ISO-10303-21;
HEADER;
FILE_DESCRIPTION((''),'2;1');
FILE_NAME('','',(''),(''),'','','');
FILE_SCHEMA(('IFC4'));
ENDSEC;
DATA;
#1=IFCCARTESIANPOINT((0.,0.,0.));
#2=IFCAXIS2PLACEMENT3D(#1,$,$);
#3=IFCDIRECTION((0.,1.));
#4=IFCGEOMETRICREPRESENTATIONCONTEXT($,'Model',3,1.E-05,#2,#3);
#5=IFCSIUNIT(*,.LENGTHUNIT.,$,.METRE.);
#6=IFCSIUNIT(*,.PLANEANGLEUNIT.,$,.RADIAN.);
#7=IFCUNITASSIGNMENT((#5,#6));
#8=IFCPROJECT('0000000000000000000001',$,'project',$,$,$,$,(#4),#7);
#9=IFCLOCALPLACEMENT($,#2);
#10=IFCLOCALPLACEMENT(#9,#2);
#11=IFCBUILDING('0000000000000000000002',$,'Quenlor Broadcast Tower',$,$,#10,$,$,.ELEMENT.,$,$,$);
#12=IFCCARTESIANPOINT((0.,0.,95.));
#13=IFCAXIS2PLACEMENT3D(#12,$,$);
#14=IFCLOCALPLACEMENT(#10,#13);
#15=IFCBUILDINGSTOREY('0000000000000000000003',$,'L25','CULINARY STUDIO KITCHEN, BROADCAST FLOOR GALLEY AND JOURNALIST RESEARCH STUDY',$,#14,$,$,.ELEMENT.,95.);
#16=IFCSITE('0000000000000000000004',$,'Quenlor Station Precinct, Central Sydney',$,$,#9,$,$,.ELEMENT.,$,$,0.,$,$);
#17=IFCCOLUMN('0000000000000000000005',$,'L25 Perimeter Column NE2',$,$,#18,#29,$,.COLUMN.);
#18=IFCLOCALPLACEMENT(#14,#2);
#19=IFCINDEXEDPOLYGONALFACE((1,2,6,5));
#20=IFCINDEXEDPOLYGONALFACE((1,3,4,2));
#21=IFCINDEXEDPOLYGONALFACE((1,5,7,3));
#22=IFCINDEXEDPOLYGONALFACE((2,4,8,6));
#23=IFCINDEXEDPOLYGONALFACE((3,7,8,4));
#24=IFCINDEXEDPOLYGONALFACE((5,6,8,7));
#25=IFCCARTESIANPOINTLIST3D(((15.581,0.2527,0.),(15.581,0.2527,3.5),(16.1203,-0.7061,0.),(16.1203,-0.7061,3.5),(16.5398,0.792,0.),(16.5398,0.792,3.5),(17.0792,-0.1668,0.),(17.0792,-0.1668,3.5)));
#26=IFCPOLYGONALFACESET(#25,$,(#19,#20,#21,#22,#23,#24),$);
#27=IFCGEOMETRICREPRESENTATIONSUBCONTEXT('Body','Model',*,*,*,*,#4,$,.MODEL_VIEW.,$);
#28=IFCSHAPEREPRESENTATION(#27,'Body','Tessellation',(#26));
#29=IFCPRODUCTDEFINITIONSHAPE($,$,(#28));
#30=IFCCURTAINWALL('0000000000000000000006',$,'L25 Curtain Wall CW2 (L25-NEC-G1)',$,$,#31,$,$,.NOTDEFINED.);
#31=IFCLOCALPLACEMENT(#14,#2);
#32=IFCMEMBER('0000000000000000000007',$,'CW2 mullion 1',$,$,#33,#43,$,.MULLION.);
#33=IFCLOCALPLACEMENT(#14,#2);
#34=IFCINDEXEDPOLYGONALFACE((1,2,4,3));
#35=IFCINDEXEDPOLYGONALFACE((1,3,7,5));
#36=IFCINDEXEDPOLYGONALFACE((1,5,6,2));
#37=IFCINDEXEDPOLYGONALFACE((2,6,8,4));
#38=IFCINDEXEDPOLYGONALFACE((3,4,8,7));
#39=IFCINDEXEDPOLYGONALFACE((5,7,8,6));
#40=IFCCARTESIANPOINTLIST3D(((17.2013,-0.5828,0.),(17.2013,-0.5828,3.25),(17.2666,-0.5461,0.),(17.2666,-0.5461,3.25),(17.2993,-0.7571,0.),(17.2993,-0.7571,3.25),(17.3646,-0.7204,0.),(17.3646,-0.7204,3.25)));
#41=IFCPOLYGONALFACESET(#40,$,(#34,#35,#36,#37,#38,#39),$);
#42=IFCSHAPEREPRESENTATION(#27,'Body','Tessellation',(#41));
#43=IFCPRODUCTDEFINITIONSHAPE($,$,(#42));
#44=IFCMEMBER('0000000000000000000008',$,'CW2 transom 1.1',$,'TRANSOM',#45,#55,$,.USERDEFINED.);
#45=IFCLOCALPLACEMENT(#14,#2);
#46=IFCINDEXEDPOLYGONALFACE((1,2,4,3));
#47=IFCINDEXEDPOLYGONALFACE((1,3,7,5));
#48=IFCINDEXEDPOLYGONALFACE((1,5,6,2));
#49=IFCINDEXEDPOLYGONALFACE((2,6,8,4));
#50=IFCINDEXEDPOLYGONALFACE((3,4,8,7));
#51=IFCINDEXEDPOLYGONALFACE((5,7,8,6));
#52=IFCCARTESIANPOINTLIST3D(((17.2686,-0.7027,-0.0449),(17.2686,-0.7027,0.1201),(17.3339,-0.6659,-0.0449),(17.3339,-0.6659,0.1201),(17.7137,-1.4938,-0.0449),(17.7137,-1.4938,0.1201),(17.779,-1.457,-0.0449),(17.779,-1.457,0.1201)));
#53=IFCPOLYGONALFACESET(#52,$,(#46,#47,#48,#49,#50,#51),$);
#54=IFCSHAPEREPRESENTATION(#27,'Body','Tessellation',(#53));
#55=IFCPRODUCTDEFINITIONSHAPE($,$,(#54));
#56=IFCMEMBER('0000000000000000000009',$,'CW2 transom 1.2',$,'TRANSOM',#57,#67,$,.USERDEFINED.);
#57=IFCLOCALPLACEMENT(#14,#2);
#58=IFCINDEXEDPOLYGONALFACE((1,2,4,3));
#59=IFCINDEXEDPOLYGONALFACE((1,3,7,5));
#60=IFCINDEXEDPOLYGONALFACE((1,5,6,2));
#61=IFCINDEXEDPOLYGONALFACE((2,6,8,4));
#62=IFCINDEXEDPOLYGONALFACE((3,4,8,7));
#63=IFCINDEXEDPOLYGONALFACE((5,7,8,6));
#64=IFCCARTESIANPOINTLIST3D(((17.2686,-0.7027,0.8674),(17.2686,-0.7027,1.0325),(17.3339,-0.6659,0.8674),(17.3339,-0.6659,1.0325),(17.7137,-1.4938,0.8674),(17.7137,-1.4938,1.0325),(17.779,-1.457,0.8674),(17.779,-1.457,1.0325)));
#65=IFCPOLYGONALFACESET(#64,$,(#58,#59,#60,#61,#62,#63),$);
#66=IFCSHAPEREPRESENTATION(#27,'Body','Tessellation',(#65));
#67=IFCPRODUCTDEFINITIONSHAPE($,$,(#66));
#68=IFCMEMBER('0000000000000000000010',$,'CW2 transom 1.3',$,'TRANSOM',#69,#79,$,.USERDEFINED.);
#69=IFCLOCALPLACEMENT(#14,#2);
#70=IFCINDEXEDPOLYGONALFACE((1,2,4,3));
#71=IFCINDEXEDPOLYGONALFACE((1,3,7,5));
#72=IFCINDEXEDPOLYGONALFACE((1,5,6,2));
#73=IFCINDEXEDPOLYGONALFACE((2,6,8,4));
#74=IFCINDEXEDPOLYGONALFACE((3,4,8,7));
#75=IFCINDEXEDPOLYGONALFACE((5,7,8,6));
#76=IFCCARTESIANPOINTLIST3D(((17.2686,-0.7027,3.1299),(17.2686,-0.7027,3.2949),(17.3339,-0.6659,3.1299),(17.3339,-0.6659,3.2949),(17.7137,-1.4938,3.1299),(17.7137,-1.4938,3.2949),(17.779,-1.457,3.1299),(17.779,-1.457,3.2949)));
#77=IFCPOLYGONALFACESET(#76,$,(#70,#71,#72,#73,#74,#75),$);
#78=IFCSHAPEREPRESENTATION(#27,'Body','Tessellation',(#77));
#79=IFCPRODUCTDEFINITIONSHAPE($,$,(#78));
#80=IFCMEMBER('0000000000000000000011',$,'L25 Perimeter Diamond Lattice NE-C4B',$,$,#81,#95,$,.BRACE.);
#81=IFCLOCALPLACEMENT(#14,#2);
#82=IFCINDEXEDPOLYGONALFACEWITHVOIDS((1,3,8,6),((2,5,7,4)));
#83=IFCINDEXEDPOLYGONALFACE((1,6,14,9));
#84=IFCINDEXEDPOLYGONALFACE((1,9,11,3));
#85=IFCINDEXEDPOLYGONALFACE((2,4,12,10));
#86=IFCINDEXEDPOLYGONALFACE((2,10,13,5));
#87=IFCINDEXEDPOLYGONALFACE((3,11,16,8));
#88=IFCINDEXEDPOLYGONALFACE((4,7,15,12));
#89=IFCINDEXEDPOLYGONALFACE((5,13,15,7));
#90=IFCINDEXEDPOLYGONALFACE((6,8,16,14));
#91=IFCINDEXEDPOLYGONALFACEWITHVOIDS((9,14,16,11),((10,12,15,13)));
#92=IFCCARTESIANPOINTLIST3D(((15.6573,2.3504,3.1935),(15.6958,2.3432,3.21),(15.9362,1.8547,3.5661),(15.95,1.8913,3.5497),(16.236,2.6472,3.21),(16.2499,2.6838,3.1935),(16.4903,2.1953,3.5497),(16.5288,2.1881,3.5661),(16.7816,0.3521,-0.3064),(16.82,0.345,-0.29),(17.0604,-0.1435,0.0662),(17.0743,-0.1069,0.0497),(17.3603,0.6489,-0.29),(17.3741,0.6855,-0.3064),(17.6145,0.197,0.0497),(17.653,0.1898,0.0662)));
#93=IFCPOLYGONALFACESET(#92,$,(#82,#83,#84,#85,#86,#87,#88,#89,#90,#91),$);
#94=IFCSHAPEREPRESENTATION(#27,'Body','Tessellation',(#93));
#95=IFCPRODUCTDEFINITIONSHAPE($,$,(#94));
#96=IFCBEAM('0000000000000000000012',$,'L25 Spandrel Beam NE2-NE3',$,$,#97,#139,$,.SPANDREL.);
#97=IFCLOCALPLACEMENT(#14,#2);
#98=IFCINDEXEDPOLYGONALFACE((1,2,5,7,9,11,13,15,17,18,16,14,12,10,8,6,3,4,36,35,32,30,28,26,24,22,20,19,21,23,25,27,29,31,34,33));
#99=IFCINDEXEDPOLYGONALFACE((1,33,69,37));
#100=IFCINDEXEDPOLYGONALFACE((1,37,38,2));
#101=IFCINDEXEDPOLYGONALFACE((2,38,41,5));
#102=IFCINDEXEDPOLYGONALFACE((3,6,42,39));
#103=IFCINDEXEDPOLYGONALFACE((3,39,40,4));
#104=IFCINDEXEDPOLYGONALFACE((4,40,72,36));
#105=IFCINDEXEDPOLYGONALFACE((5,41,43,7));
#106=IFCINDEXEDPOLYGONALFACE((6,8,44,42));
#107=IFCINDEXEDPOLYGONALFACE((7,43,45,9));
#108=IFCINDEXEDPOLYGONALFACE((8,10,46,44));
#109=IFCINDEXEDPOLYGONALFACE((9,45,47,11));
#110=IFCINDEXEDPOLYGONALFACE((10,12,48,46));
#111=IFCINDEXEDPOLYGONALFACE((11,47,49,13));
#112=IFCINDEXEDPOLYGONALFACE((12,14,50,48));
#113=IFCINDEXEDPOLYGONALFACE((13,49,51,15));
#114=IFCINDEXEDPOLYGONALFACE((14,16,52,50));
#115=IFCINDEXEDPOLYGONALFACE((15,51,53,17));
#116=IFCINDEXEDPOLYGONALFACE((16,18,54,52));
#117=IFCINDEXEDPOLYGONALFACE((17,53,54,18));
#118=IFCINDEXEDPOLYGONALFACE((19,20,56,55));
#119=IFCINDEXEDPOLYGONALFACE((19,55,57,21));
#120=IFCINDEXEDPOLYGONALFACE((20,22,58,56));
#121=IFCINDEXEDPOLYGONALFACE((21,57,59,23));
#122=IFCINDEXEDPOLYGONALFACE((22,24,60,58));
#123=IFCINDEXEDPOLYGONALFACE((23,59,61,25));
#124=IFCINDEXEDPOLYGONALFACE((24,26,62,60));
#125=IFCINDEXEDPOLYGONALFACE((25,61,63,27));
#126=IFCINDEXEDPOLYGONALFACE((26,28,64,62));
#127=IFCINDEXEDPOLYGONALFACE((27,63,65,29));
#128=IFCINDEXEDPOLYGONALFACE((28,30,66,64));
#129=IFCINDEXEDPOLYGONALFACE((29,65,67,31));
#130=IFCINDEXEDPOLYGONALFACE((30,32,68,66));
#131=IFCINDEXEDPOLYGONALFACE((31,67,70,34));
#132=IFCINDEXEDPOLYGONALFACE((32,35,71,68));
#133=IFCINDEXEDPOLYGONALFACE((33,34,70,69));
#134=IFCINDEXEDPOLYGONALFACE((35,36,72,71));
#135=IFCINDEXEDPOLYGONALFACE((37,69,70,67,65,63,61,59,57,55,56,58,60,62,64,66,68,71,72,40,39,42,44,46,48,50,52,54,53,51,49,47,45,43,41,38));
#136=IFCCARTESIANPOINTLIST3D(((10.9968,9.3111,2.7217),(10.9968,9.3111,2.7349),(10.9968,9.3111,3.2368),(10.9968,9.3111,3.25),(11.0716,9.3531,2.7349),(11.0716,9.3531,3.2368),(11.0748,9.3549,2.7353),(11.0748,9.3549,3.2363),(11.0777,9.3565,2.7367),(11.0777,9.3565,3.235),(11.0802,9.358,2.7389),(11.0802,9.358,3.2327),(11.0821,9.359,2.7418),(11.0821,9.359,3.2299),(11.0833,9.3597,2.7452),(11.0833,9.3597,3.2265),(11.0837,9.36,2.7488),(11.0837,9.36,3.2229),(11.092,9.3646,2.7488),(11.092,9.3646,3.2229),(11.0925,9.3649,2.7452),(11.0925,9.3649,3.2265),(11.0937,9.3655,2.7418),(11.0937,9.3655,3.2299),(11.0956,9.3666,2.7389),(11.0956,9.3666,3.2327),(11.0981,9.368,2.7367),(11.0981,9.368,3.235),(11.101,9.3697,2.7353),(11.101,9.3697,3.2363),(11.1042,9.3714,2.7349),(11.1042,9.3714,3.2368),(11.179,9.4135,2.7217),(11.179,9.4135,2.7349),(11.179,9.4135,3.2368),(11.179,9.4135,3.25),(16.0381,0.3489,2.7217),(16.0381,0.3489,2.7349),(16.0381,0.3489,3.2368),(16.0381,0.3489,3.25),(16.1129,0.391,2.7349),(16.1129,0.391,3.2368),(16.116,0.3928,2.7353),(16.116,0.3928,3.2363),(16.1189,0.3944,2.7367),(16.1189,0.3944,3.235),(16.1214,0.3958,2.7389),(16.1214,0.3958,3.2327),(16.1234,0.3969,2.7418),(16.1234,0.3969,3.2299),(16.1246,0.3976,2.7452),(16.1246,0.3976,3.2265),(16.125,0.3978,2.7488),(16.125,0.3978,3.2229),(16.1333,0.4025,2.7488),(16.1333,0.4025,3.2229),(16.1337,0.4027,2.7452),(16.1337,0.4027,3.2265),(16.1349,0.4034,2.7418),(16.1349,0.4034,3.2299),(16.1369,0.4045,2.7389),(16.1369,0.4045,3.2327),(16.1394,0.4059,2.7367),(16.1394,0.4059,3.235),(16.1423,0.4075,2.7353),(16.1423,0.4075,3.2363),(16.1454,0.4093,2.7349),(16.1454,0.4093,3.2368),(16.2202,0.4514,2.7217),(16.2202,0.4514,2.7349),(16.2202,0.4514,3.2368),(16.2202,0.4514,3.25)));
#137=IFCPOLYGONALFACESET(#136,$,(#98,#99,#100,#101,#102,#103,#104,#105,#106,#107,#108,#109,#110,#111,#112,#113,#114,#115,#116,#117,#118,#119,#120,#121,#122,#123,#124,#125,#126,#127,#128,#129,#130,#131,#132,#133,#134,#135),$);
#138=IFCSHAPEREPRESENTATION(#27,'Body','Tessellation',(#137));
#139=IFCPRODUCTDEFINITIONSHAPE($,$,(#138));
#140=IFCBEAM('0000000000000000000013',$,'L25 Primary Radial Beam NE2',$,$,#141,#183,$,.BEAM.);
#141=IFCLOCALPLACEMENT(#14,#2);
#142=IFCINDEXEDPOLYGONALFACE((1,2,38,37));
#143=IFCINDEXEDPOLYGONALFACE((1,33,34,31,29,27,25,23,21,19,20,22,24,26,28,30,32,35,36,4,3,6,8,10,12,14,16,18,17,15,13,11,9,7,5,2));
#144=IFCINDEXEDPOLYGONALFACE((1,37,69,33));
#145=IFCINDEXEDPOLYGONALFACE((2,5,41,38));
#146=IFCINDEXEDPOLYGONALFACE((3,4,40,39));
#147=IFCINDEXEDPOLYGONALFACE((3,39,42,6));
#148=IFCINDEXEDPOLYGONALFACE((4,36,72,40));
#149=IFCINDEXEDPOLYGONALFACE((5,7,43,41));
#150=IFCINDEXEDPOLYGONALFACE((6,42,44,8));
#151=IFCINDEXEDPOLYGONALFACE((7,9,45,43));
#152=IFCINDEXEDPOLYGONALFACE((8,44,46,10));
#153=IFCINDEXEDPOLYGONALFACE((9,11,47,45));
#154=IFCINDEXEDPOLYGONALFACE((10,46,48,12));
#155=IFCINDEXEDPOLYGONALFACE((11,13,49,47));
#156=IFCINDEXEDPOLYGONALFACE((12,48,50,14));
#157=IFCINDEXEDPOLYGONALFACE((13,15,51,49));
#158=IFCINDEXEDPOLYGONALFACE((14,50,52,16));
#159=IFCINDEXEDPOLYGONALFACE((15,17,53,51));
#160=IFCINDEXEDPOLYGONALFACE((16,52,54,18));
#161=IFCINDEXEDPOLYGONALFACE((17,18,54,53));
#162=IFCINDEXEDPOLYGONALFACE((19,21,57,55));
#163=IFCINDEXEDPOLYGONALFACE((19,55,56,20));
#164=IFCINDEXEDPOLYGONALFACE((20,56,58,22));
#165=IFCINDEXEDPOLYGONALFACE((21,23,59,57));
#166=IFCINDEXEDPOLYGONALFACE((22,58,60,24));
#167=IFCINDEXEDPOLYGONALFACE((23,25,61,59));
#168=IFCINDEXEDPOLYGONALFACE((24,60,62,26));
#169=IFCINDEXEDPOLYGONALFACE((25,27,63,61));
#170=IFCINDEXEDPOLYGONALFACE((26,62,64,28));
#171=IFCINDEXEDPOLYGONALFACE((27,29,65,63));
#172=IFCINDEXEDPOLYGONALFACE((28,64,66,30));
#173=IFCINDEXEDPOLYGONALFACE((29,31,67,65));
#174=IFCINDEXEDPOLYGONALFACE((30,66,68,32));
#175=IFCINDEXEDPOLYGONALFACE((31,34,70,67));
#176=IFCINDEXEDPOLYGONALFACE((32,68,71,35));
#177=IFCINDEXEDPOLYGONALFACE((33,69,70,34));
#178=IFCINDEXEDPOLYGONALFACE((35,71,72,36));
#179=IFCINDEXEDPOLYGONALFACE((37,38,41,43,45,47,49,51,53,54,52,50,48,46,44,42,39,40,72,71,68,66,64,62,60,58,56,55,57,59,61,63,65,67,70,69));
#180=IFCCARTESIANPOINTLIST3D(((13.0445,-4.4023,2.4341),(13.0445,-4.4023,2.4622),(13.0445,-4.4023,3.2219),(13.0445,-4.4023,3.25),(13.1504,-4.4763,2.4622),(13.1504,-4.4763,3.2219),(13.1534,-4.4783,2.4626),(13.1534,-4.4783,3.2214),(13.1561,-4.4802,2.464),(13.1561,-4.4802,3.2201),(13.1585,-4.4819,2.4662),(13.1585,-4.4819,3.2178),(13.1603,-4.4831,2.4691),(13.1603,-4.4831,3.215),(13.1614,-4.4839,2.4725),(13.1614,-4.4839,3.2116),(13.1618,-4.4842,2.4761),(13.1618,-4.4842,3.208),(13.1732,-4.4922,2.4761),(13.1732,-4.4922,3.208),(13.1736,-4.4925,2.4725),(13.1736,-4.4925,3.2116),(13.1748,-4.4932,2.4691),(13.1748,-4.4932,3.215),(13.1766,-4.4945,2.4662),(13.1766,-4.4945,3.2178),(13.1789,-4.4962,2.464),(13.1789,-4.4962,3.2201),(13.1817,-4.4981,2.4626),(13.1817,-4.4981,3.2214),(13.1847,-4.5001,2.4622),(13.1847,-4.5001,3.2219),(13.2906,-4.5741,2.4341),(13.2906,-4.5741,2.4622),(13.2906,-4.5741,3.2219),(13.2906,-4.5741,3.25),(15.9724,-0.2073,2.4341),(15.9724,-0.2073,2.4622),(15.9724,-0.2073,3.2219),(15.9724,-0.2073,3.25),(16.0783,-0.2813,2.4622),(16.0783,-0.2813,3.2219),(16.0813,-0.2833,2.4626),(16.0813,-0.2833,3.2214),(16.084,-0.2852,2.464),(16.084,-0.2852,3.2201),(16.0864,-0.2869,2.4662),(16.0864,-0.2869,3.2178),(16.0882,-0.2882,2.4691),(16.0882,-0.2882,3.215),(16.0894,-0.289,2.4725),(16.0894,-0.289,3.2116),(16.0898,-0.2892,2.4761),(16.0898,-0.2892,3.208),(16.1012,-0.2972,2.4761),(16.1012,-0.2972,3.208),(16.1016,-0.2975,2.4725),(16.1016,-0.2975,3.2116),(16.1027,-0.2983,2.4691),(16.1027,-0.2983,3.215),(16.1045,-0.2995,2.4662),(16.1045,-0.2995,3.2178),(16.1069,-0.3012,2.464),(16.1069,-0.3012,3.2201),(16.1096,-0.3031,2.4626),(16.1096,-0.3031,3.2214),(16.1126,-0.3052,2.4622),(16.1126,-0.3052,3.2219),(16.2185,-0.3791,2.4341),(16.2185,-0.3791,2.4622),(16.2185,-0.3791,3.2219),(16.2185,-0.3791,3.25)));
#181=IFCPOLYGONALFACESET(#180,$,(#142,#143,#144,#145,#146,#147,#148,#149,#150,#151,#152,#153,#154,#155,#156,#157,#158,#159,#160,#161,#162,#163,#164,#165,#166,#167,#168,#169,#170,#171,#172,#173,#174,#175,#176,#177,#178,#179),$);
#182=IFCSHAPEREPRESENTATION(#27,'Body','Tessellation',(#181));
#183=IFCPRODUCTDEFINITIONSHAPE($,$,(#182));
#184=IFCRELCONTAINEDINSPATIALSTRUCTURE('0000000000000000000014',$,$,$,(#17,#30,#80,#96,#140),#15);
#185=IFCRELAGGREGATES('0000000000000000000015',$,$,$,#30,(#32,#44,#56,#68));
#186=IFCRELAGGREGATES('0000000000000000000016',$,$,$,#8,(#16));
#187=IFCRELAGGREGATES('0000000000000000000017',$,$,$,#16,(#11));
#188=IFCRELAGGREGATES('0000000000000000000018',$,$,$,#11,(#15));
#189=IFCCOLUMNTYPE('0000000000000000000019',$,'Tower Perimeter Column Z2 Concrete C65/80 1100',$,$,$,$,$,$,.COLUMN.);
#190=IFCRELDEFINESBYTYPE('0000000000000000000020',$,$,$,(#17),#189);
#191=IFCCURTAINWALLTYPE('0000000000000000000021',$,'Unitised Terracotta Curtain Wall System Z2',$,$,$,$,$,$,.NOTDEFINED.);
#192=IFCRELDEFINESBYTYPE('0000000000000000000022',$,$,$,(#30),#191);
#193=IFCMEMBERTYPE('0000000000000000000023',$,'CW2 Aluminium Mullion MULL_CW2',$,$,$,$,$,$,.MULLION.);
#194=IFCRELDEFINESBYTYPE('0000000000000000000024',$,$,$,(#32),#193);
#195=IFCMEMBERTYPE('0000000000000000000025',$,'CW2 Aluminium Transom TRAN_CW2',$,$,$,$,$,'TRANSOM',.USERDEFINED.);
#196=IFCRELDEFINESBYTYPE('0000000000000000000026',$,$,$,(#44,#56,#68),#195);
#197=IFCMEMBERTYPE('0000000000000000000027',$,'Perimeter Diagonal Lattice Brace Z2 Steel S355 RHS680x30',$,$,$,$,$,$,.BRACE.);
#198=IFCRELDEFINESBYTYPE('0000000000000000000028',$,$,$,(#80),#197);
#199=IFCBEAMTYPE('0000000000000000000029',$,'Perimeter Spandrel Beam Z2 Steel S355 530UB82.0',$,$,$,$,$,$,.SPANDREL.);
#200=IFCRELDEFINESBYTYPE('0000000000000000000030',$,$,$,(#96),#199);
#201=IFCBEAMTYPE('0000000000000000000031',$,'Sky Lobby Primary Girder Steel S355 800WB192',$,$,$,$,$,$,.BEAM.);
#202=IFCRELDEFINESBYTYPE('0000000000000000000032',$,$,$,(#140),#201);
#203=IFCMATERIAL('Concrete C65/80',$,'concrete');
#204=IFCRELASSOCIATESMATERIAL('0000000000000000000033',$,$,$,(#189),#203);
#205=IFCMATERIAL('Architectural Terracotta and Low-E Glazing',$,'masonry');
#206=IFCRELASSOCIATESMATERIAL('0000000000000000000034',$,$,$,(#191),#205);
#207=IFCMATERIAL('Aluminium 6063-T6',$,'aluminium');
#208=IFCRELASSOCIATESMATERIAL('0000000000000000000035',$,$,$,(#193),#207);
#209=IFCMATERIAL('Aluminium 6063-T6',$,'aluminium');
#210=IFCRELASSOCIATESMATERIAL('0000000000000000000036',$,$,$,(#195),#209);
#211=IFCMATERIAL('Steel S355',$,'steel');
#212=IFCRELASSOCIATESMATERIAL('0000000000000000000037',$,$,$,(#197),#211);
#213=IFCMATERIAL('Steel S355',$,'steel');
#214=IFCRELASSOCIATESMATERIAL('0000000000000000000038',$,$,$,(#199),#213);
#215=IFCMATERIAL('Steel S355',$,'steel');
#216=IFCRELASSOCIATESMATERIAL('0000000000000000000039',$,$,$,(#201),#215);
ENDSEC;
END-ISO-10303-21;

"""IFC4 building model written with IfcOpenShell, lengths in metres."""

from ifc_helpers import new_model, si_unit, direction, frame, origin, origin_2d, place, context, subcontext, project, spatial, rectangle, hollow_rectangle, i_section, extrude, material, material_profile, profile_set, type_object, element, aggregate, save


model = new_model("IFC4")

# Units and contexts
model_context = context("Model", 3, precision=1e-05, world=origin(), true_north=direction((0.0, 1.0)))
body_context = subcontext(model_context, "Body", "Model", "MODEL_VIEW")
ifc_project = project(units=[si_unit("LENGTHUNIT", "METRE"), si_unit("PLANEANGLEUNIT", "RADIAN")], contexts=[model_context])

# Site, building, storey
site_placement = place(None, origin())
site = spatial("IfcSite", under=ifc_project, at=site_placement, Name="Quenlor Station Precinct, Central Sydney", CompositionType="ELEMENT", RefElevation=0.0)
building_placement = place(site_placement, origin())
building = spatial("IfcBuilding", under=site, at=building_placement, Name="Quenlor Broadcast Tower", CompositionType="ELEMENT")
storey_placement = place(building_placement, frame((0.0, 0.0, 95.0)))
storey = spatial("IfcBuildingStorey", under=building, at=storey_placement, Name="L25", Description="CULINARY STUDIO KITCHEN, BROADCAST FLOOR GALLEY AND JOURNALIST RESEARCH STUDY", CompositionType="ELEMENT", Elevation=95.0)

# Column
ifc_material_1 = material(Name="Concrete C65/80", Category="concrete")
ifc_material_profile_1 = material_profile(ifc_material_1, rectangle(XDim=1.1001, YDim=1.1001, at=origin_2d()))
ifc_profile_set_1 = profile_set([ifc_material_profile_1], Name="Concrete C65/80 RC1100x1100")
column_type = type_object("IfcColumnType", Name="Tower Perimeter Column Z2 Concrete C65/80 1100", PredefinedType="COLUMN", material=ifc_profile_set_1)
column_placement = place(storey_placement, frame((16.3301, 0.043, 0.0), z_axis=(0.0, 0.0, 1.0), x_axis=(0.871575, 0.490262, 0.0)))
element("IfcColumn", 1, at=column_placement, inside=storey, type_object=column_type, Name="L25 Perimeter Column NE2", PredefinedType="COLUMN", context=body_context, shape_type="SweptSolid", body=[
    extrude(rectangle(XDim=1.1001, YDim=1.1001, at=origin_2d()), origin(), (0.0, 0.0, 1.0), 3.5),
])

# Curtain wall, members
ifc_material_2 = material(Name="Architectural Terracotta and Low-E Glazing", Category="masonry")
curtain_wall_type = type_object("IfcCurtainWallType", Name="Unitised Terracotta Curtain Wall System Z2", PredefinedType="NOTDEFINED", material=ifc_material_2)
curtain_wall_placement = place(storey_placement, origin())
curtain_wall = element("IfcCurtainWall", 2, at=curtain_wall_placement, inside=storey, type_object=curtain_wall_type, Name="L25 Curtain Wall CW2 (L25-NEC-G1)", PredefinedType="NOTDEFINED")
ifc_material_3 = material(Name="Aluminium 6063-T6", Category="aluminium")
ifc_material_profile_2 = material_profile(ifc_material_3, rectangle(XDim=0.075, YDim=0.2, at=origin_2d()))
ifc_profile_set_2 = profile_set([ifc_material_profile_2], Name="Aluminium 6063-T6 MULL75x200")
member_type_1 = type_object("IfcMemberType", Name="CW2 Aluminium Mullion MULL_CW2", PredefinedType="MULLION", material=ifc_profile_set_2)
member_1_placement = place(storey_placement, frame((17.283, -0.6516, 0.0), z_axis=(0.0, 0.0, 1.0), x_axis=(0.871581, 0.490252, 0.0)))
member_1 = element("IfcMember", 3, at=member_1_placement, type_object=member_type_1, Name="CW2 mullion 1", PredefinedType="MULLION", context=body_context, shape_type="SweptSolid", body=[
    extrude(rectangle(XDim=0.075, YDim=0.2, at=origin_2d()), origin(), (0.0, 0.0, 1.0), 3.25),
])
ifc_material_4 = material(Name="Aluminium 6063-T6", Category="aluminium")
ifc_material_profile_3 = material_profile(ifc_material_4, rectangle(XDim=0.075, YDim=0.165, at=origin_2d()))
ifc_profile_set_3 = profile_set([ifc_material_profile_3], Name="Aluminium 6063-T6 TRAN75x165")
member_type_2 = type_object("IfcMemberType", Name="CW2 Aluminium Transom TRAN_CW2", ElementType="TRANSOM", PredefinedType="USERDEFINED", material=ifc_profile_set_3)
member_2_placement = place(storey_placement, frame((17.3013, -0.6843, 0.0376), z_axis=(0.490363, -0.871518, 0.0), x_axis=(0.871518, 0.490363, 0.0)))
member_2 = element("IfcMember", 4, at=member_2_placement, type_object=member_type_2, Name="CW2 transom 1.1", ObjectType="TRANSOM", PredefinedType="USERDEFINED", context=body_context, shape_type="SweptSolid", body=[
    extrude(rectangle(XDim=0.075, YDim=0.165, at=origin_2d()), origin(), (0.0, 0.0, 1.0), 0.9077),
])
member_3_placement = place(storey_placement, frame((17.3013, -0.6843, 0.95), z_axis=(0.490363, -0.871518, 0.0), x_axis=(0.871518, 0.490363, 0.0)))
member_3 = element("IfcMember", 5, at=member_3_placement, type_object=member_type_2, Name="CW2 transom 1.2", ObjectType="TRANSOM", PredefinedType="USERDEFINED", context=body_context, shape_type="SweptSolid", body=[
    extrude(rectangle(XDim=0.075, YDim=0.165, at=origin_2d()), origin(), (0.0, 0.0, 1.0), 0.9077),
])
member_4_placement = place(storey_placement, frame((17.3013, -0.6843, 3.2124), z_axis=(0.490363, -0.871518, 0.0), x_axis=(0.871518, 0.490363, 0.0)))
member_4 = element("IfcMember", 6, at=member_4_placement, type_object=member_type_2, Name="CW2 transom 1.3", ObjectType="TRANSOM", PredefinedType="USERDEFINED", context=body_context, shape_type="SweptSolid", body=[
    extrude(rectangle(XDim=0.075, YDim=0.165, at=origin_2d()), origin(), (0.0, 0.0, 1.0), 0.9077),
])

# Member
ifc_material_5 = material(Name="Steel S355", Category="steel")
ifc_material_profile_4 = material_profile(ifc_material_5, hollow_rectangle(XDim=0.6799, YDim=0.6799, WallThickness=0.03, at=origin_2d()))
ifc_profile_set_4 = profile_set([ifc_material_profile_4], Name="Steel S355 RHS680x680x30")
member_type_3 = type_object("IfcMemberType", Name="Perimeter Diagonal Lattice Brace Z2 Steel S355 RHS680x30", PredefinedType="BRACE", material=ifc_profile_set_4)
member_5_placement = place(storey_placement, frame((17.2173, 0.271, -0.1201), z_axis=(-0.268697, 0.477585, 0.836489), x_axis=(-0.871533, -0.490337, 0.0)))
element("IfcMember", 7, at=member_5_placement, inside=storey, type_object=member_type_3, Name="L25 Perimeter Diamond Lattice NE-C4B", PredefinedType="BRACE", context=body_context, shape_type="SweptSolid", body=[
    extrude(hollow_rectangle(XDim=0.6799, YDim=0.6799, WallThickness=0.03, at=origin_2d()), origin(), (0.0, 0.0, 1.0), 4.1841),
])

# Beams
ifc_material_6 = material(Name="Steel S355", Category="steel")
ifc_material_profile_5 = material_profile(ifc_material_6, i_section(OverallWidth=0.209, OverallDepth=0.5283, WebThickness=0.0095, FlangeThickness=0.0132, FilletRadius=0.0139, at=origin_2d()))
ifc_profile_set_5 = profile_set([ifc_material_profile_5], Name="Steel S355 530UB82.0")
beam_type_1 = type_object("IfcBeamType", Name="Perimeter Spandrel Beam Z2 Steel S355 530UB82.0", PredefinedType="SPANDREL", material=ifc_profile_set_5)
beam_1_placement = place(storey_placement, frame((16.1292, 0.4001, 2.9858), z_axis=(-0.490265, 0.871574, 0.0), x_axis=(-0.871574, -0.490265, 0.0)))
element("IfcBeam", 8, at=beam_1_placement, inside=storey, type_object=beam_type_1, Name="L25 Spandrel Beam NE2-NE3", PredefinedType="SPANDREL", context=body_context, shape_type="SweptSolid", body=[
    extrude(i_section(OverallWidth=0.209, OverallDepth=0.5283, WebThickness=0.0095, FlangeThickness=0.0132, FilletRadius=0.0139, at=origin_2d()), origin(), (0.0, 0.0, 1.0), 10.2827),
])
ifc_material_7 = material(Name="Steel S355", Category="steel")
ifc_material_profile_6 = material_profile(ifc_material_7, i_section(OverallWidth=0.3, OverallDepth=0.8159, WebThickness=0.0139, FlangeThickness=0.0281, FilletRadius=0.0139, at=origin_2d()))
ifc_profile_set_6 = profile_set([ifc_material_profile_6], Name="Steel S355 800WB192")
beam_type_2 = type_object("IfcBeamType", Name="Sky Lobby Primary Girder Steel S355 800WB192", PredefinedType="BEAM", material=ifc_profile_set_6)
beam_2_placement = place(storey_placement, frame((16.0955, -0.2932, 2.842), z_axis=(-0.572338, -0.820018, 0.0), x_axis=(0.820018, -0.572338, 0.0)))
element("IfcBeam", 9, at=beam_2_placement, inside=storey, type_object=beam_type_2, Name="L25 Primary Radial Beam NE2", PredefinedType="BEAM", context=body_context, shape_type="SweptSolid", body=[
    extrude(i_section(OverallWidth=0.3, OverallDepth=0.8159, WebThickness=0.0139, FlangeThickness=0.0281, FilletRadius=0.0139, at=origin_2d()), origin(), (0.0, 0.0, 1.0), 5.1157),
])

aggregate(curtain_wall, [member_1, member_2, member_3, member_4])

save(model, "model.ifc")
